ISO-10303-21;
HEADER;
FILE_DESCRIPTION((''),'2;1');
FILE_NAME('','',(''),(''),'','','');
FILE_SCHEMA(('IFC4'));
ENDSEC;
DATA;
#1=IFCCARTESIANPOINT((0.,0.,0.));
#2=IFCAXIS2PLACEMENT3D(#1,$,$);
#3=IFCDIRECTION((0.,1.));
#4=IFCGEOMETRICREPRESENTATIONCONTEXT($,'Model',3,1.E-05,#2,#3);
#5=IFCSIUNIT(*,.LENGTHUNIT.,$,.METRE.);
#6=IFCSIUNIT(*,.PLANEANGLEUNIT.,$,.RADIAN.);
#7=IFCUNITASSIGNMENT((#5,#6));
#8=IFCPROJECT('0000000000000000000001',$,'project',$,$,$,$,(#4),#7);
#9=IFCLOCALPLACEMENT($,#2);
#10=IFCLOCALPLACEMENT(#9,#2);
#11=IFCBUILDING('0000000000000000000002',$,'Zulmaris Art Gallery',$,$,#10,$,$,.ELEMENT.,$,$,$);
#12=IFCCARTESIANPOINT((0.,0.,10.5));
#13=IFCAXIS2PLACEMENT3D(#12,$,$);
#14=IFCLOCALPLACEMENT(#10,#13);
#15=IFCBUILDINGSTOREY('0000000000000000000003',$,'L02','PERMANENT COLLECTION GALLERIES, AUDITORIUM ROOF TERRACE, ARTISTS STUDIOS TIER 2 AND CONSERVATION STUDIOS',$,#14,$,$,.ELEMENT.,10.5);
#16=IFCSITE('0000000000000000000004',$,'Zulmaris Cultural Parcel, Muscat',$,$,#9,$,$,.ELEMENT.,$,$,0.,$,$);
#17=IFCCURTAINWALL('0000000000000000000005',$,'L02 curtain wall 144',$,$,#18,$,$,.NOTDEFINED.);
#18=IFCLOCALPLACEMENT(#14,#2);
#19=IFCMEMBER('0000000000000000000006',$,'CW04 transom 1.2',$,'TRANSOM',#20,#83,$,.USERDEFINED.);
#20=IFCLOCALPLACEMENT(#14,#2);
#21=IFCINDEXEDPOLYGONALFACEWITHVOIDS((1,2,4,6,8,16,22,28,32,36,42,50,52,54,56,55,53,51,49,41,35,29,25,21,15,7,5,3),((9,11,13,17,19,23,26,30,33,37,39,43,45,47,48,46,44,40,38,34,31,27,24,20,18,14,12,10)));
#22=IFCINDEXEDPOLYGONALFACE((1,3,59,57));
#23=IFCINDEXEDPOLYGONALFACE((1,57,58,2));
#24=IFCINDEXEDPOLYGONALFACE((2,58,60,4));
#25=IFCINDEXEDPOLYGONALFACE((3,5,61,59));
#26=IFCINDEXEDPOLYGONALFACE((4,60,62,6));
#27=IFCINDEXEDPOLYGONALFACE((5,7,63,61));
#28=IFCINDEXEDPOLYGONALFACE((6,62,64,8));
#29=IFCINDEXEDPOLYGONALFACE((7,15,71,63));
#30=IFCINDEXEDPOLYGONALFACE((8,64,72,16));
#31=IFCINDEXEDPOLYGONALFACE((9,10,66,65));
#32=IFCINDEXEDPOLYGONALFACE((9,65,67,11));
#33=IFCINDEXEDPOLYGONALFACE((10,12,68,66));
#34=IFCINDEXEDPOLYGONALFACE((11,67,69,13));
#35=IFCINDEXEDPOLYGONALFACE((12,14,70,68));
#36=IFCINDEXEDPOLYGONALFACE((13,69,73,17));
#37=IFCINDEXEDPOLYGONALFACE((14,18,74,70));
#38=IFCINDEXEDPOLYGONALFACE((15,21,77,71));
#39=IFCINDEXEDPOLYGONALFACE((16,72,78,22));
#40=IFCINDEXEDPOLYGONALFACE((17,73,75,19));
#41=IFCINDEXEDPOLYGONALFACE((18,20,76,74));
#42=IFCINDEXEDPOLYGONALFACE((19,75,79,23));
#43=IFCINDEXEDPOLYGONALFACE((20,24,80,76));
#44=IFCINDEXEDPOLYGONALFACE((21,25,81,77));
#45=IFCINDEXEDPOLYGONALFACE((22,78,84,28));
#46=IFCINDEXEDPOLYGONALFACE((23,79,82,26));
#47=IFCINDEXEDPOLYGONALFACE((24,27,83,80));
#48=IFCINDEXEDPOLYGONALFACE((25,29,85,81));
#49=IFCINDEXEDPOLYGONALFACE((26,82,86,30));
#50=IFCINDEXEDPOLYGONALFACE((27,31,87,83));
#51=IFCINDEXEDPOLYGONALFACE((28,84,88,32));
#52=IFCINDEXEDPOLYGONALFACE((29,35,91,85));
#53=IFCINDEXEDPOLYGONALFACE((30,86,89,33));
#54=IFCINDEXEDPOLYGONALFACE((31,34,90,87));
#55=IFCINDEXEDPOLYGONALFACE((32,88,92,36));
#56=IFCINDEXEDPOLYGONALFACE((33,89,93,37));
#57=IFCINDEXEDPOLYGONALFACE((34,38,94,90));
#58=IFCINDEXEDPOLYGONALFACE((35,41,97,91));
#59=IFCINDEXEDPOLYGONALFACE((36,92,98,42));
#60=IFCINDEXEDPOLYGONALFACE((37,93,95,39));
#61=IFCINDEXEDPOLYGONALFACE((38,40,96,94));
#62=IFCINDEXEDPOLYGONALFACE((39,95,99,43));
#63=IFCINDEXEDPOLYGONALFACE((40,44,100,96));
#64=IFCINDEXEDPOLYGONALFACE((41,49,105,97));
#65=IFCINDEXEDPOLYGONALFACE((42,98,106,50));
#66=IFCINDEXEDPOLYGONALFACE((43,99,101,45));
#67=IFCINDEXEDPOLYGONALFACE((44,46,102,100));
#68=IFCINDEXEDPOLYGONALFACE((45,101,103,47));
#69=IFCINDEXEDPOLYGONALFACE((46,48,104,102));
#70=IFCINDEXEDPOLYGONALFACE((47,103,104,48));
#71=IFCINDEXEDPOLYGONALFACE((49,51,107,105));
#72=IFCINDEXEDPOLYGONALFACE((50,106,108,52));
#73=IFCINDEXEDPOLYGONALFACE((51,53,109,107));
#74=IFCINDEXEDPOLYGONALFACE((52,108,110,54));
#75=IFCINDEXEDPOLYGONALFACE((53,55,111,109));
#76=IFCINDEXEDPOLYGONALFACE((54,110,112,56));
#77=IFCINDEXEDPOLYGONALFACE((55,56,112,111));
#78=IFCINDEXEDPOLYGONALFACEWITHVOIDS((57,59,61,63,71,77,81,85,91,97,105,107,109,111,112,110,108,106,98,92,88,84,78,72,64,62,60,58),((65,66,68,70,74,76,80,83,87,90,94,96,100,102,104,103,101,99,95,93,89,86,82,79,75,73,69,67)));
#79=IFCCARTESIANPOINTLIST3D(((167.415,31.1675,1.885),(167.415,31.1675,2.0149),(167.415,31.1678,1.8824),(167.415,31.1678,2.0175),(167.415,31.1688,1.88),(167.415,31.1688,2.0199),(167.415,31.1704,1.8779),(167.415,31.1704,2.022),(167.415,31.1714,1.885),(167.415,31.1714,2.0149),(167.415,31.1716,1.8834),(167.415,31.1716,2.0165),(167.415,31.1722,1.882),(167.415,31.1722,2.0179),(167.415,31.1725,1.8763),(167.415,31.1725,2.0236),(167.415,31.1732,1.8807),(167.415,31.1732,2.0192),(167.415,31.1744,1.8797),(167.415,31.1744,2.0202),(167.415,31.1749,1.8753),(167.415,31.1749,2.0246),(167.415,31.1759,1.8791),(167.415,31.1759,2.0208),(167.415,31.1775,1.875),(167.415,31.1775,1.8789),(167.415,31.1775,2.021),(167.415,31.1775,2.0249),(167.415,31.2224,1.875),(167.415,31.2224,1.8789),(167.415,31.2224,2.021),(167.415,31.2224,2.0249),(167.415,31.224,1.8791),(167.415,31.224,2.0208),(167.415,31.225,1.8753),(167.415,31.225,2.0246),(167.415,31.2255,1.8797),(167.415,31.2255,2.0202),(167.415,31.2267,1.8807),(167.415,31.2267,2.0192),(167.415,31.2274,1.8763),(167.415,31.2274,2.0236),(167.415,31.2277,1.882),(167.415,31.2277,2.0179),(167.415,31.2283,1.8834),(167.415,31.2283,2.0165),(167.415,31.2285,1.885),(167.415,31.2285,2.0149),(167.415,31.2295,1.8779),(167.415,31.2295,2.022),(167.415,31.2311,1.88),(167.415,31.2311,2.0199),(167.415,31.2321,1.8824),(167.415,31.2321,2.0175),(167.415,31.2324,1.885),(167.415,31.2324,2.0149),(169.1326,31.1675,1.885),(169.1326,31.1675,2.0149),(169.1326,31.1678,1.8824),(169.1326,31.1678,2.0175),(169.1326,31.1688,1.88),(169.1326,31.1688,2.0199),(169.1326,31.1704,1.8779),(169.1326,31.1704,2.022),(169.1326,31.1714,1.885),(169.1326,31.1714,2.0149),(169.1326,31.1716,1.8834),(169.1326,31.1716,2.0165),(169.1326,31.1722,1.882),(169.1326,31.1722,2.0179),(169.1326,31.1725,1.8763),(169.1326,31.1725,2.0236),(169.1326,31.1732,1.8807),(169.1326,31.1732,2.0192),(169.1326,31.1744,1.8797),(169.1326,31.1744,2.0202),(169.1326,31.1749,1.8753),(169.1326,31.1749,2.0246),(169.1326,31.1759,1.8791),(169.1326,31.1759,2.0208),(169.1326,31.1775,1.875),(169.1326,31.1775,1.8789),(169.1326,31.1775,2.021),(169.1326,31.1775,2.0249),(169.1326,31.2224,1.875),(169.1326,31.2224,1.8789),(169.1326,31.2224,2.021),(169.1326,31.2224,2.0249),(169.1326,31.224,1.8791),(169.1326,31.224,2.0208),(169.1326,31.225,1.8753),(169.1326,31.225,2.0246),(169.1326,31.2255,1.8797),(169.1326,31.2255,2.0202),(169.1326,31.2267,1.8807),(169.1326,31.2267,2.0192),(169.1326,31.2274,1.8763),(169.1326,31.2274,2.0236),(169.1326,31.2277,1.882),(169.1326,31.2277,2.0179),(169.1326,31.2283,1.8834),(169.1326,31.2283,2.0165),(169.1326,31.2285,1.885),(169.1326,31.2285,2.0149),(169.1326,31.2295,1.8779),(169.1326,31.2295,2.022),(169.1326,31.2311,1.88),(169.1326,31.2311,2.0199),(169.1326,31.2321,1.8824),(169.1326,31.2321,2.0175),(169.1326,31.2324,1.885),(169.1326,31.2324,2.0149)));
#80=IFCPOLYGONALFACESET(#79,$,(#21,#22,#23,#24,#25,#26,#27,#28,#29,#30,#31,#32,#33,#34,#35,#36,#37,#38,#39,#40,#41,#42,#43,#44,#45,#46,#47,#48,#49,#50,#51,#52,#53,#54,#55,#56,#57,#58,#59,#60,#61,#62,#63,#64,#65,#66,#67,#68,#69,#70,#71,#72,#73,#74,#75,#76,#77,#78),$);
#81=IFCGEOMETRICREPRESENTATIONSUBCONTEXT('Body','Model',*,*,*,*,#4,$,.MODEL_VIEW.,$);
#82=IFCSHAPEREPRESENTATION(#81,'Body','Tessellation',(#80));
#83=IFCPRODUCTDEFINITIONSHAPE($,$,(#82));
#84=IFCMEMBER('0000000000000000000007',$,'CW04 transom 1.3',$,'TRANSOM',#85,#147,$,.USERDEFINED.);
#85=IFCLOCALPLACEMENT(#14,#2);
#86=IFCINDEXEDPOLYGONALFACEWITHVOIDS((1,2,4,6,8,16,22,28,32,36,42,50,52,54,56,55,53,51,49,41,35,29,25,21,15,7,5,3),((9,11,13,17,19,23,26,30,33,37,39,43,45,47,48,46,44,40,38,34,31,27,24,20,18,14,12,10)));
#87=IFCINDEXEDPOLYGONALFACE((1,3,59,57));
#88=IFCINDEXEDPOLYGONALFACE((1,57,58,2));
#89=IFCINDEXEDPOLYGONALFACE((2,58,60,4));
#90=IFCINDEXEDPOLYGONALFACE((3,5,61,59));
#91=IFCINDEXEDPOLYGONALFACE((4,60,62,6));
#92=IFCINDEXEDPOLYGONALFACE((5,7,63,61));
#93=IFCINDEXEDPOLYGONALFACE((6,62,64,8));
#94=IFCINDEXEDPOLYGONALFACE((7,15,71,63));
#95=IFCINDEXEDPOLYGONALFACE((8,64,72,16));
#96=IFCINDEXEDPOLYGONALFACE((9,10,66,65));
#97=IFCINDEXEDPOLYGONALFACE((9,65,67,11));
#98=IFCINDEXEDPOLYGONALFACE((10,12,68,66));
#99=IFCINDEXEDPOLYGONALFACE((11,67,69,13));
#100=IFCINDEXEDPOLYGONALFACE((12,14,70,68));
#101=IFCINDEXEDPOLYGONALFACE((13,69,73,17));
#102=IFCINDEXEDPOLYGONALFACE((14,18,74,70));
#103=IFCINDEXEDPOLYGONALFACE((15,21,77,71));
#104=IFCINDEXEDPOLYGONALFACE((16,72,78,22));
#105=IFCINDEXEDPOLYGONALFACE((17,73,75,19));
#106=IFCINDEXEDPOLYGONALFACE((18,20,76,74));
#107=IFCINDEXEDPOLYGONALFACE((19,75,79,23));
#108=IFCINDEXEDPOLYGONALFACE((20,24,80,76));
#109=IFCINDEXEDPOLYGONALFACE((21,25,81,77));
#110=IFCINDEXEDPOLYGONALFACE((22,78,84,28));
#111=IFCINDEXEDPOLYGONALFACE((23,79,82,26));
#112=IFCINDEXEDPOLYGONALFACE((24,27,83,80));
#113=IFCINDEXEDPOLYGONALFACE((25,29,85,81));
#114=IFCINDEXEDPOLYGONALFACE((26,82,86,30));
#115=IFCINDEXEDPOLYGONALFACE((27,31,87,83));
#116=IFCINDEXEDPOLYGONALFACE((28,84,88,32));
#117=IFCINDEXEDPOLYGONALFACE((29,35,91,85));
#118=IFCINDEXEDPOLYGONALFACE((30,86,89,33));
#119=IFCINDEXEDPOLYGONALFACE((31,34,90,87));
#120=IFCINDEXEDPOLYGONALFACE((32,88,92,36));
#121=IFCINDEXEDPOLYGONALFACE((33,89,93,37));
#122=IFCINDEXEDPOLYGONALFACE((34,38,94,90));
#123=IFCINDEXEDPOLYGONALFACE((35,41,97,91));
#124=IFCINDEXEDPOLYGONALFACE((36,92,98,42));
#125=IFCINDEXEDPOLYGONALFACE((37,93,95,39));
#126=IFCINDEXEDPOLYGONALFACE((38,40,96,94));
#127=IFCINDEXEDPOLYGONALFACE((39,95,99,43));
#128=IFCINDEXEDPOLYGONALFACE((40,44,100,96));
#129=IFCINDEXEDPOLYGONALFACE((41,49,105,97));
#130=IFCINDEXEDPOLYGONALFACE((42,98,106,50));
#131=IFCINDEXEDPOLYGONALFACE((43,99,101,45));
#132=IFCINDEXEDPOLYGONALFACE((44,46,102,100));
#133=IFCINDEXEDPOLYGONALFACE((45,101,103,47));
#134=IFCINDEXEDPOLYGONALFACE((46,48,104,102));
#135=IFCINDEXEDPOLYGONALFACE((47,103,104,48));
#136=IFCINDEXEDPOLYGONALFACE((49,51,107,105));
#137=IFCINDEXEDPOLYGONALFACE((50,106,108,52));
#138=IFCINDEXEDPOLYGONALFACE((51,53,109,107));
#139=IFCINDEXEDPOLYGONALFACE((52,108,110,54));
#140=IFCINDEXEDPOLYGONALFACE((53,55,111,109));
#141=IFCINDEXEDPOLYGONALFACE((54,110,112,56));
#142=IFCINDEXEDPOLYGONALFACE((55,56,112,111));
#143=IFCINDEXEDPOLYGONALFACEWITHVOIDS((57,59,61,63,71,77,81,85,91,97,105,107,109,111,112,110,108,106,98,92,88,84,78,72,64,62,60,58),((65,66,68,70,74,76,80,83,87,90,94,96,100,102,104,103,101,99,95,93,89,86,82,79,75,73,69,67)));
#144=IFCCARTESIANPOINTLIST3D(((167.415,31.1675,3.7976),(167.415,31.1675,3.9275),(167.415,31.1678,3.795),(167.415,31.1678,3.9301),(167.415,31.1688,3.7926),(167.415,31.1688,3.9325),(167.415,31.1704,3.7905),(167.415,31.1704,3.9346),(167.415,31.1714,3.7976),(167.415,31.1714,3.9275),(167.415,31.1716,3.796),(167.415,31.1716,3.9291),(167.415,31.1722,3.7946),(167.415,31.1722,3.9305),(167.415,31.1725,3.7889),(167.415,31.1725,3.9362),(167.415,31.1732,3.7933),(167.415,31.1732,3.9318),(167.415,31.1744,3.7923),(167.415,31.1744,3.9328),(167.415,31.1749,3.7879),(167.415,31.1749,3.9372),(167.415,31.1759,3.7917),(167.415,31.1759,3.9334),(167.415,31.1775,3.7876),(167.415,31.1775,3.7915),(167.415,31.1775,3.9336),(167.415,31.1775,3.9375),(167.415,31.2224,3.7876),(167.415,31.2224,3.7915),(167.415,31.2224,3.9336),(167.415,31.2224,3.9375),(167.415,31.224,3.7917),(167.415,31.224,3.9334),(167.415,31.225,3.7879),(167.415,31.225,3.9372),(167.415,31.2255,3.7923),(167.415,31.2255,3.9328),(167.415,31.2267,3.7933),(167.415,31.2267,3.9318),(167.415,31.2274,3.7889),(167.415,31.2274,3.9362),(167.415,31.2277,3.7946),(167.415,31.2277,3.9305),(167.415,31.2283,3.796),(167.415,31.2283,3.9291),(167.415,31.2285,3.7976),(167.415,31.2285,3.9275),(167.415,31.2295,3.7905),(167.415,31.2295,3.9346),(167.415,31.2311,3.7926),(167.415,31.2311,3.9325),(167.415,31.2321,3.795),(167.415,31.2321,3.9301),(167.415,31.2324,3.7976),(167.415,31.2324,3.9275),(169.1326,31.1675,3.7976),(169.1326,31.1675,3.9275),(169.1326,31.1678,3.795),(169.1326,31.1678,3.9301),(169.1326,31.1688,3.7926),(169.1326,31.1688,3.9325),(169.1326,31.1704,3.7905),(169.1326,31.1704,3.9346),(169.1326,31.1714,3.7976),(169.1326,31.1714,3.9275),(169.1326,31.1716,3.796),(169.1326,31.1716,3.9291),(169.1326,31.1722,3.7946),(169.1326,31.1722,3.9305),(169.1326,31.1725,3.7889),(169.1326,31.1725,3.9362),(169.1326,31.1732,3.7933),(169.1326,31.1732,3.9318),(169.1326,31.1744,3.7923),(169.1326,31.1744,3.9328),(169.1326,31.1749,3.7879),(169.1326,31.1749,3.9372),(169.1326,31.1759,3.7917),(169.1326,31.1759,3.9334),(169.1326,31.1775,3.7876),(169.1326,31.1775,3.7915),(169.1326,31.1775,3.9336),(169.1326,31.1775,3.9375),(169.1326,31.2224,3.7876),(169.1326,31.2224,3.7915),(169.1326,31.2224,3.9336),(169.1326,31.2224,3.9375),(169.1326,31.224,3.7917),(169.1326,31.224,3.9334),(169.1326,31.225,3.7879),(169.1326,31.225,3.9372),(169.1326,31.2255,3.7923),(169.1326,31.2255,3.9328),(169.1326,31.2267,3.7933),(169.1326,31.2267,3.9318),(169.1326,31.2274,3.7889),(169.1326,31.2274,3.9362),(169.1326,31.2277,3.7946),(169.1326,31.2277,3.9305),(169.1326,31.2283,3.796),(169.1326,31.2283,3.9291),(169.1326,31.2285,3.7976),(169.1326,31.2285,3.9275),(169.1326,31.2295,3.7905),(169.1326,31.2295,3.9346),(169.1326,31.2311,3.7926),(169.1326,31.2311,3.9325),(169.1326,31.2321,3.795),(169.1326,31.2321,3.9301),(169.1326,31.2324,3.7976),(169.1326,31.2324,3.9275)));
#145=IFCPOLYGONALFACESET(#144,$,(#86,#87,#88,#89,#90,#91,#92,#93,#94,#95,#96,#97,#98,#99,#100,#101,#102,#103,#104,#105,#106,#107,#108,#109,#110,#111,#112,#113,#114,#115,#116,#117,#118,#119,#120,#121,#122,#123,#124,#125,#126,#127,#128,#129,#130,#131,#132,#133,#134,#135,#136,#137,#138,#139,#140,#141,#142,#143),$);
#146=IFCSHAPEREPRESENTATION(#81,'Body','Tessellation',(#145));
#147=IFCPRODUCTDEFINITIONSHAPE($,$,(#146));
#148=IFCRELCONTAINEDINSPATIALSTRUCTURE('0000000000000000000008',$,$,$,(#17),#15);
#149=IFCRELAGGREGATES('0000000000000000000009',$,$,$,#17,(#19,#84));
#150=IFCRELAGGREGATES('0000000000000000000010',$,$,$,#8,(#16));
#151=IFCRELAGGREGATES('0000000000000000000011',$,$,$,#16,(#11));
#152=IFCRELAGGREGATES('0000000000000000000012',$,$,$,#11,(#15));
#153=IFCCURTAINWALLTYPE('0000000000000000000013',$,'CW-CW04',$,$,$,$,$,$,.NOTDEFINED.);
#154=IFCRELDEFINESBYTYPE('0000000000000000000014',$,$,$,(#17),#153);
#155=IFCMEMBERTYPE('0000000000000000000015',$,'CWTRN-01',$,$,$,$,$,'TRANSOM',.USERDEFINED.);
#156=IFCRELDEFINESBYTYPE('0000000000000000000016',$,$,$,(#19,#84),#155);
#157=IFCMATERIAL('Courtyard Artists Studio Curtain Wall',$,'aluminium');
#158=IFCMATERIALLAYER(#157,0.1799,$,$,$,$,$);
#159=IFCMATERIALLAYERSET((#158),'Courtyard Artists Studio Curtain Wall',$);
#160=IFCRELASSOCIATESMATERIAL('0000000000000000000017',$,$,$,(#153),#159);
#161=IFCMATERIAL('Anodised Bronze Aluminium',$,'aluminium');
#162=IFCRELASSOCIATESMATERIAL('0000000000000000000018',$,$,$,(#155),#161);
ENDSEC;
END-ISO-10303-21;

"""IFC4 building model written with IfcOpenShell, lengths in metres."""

from ifc_helpers import new_model, si_unit, direction, frame, origin, origin_2d, place, context, subcontext, project, spatial, hollow_rectangle, extrude, material, layer, layer_set, material_profile, profile_set, type_object, element, aggregate, save


model = new_model("IFC4")

# Units and contexts
model_context = context("Model", 3, precision=1e-05, world=origin(), true_north=direction((0.0, 1.0)))
body_context = subcontext(model_context, "Body", "Model", "MODEL_VIEW")
ifc_project = project(units=[si_unit("LENGTHUNIT", "METRE"), si_unit("PLANEANGLEUNIT", "RADIAN")], contexts=[model_context])

# Site, building, storey
site_placement = place(None, origin())
site = spatial("IfcSite", under=ifc_project, at=site_placement, Name="Zulmaris Cultural Parcel, Muscat", CompositionType="ELEMENT", RefElevation=0.0)
building_placement = place(site_placement, origin())
building = spatial("IfcBuilding", under=site, at=building_placement, Name="Zulmaris Art Gallery", CompositionType="ELEMENT")
storey_placement = place(building_placement, frame((0.0, 0.0, 10.5)))
storey = spatial("IfcBuildingStorey", under=building, at=storey_placement, Name="L02", Description="PERMANENT COLLECTION GALLERIES, AUDITORIUM ROOF TERRACE, ARTISTS STUDIOS TIER 2 AND CONSERVATION STUDIOS", CompositionType="ELEMENT", Elevation=10.5)

# Curtain wall, members
ifc_material_1 = material(Name="Courtyard Artists Studio Curtain Wall", Category="aluminium")
ifc_layer_1 = layer(ifc_material_1, 0.1799)
ifc_layer_set_1 = layer_set([ifc_layer_1], Name="Courtyard Artists Studio Curtain Wall")
curtain_wall_type = type_object("IfcCurtainWallType", Name="CW-CW04", PredefinedType="NOTDEFINED", material=ifc_layer_set_1)
ifc_material_2 = material(Name="Anodised Bronze Aluminium", Category="aluminium")
curtain_wall_1_placement = place(storey_placement, origin())
curtain_wall_1 = element("IfcCurtainWall", 1, at=curtain_wall_1_placement, inside=storey, type_object=curtain_wall_type, Name="L02 curtain wall 144", PredefinedType="NOTDEFINED")
ifc_material_profile_1 = material_profile(ifc_material_2, hollow_rectangle(XDim=0.0649, YDim=0.1499, WallThickness=0.0039, InnerFilletRadius=0.0061, OuterFilletRadius=0.01, at=origin_2d()), Name="ALU 65x150x4")
ifc_profile_set_1 = profile_set([ifc_material_profile_1], Name="Anodised Bronze Aluminium")
member_type_1 = type_object("IfcMemberType", Name="CWTRN-01", ElementType="TRANSOM", PredefinedType="USERDEFINED", material=ifc_profile_set_1)
member_1_placement = place(storey_placement, frame((167.415, 31.2, 1.95), z_axis=(1.0, 0.0, 0.0), x_axis=(0.0, 1.0, 0.0)))
member_1 = element("IfcMember", 2, at=member_1_placement, type_object=member_type_1, Name="CW04 transom 1.2", ObjectType="TRANSOM", PredefinedType="USERDEFINED", context=body_context, shape_type="SweptSolid", body=[
    extrude(hollow_rectangle(XDim=0.0649, YDim=0.1499, WallThickness=0.0039, InnerFilletRadius=0.0061, OuterFilletRadius=0.01, at=origin_2d()), origin(), (0.0, 0.0, 1.0), 1.7175),
])
member_2_placement = place(storey_placement, frame((167.415, 31.2, 3.8625), z_axis=(1.0, 0.0, 0.0), x_axis=(0.0, 1.0, 0.0)))
member_2 = element("IfcMember", 3, at=member_2_placement, type_object=member_type_1, Name="CW04 transom 1.3", ObjectType="TRANSOM", PredefinedType="USERDEFINED", context=body_context, shape_type="SweptSolid", body=[
    extrude(hollow_rectangle(XDim=0.0649, YDim=0.1499, WallThickness=0.0039, InnerFilletRadius=0.0061, OuterFilletRadius=0.01, at=origin_2d()), origin(), (0.0, 0.0, 1.0), 1.7175),
])

aggregate(curtain_wall_1, [member_1, member_2])

save(model, "model.ifc")
